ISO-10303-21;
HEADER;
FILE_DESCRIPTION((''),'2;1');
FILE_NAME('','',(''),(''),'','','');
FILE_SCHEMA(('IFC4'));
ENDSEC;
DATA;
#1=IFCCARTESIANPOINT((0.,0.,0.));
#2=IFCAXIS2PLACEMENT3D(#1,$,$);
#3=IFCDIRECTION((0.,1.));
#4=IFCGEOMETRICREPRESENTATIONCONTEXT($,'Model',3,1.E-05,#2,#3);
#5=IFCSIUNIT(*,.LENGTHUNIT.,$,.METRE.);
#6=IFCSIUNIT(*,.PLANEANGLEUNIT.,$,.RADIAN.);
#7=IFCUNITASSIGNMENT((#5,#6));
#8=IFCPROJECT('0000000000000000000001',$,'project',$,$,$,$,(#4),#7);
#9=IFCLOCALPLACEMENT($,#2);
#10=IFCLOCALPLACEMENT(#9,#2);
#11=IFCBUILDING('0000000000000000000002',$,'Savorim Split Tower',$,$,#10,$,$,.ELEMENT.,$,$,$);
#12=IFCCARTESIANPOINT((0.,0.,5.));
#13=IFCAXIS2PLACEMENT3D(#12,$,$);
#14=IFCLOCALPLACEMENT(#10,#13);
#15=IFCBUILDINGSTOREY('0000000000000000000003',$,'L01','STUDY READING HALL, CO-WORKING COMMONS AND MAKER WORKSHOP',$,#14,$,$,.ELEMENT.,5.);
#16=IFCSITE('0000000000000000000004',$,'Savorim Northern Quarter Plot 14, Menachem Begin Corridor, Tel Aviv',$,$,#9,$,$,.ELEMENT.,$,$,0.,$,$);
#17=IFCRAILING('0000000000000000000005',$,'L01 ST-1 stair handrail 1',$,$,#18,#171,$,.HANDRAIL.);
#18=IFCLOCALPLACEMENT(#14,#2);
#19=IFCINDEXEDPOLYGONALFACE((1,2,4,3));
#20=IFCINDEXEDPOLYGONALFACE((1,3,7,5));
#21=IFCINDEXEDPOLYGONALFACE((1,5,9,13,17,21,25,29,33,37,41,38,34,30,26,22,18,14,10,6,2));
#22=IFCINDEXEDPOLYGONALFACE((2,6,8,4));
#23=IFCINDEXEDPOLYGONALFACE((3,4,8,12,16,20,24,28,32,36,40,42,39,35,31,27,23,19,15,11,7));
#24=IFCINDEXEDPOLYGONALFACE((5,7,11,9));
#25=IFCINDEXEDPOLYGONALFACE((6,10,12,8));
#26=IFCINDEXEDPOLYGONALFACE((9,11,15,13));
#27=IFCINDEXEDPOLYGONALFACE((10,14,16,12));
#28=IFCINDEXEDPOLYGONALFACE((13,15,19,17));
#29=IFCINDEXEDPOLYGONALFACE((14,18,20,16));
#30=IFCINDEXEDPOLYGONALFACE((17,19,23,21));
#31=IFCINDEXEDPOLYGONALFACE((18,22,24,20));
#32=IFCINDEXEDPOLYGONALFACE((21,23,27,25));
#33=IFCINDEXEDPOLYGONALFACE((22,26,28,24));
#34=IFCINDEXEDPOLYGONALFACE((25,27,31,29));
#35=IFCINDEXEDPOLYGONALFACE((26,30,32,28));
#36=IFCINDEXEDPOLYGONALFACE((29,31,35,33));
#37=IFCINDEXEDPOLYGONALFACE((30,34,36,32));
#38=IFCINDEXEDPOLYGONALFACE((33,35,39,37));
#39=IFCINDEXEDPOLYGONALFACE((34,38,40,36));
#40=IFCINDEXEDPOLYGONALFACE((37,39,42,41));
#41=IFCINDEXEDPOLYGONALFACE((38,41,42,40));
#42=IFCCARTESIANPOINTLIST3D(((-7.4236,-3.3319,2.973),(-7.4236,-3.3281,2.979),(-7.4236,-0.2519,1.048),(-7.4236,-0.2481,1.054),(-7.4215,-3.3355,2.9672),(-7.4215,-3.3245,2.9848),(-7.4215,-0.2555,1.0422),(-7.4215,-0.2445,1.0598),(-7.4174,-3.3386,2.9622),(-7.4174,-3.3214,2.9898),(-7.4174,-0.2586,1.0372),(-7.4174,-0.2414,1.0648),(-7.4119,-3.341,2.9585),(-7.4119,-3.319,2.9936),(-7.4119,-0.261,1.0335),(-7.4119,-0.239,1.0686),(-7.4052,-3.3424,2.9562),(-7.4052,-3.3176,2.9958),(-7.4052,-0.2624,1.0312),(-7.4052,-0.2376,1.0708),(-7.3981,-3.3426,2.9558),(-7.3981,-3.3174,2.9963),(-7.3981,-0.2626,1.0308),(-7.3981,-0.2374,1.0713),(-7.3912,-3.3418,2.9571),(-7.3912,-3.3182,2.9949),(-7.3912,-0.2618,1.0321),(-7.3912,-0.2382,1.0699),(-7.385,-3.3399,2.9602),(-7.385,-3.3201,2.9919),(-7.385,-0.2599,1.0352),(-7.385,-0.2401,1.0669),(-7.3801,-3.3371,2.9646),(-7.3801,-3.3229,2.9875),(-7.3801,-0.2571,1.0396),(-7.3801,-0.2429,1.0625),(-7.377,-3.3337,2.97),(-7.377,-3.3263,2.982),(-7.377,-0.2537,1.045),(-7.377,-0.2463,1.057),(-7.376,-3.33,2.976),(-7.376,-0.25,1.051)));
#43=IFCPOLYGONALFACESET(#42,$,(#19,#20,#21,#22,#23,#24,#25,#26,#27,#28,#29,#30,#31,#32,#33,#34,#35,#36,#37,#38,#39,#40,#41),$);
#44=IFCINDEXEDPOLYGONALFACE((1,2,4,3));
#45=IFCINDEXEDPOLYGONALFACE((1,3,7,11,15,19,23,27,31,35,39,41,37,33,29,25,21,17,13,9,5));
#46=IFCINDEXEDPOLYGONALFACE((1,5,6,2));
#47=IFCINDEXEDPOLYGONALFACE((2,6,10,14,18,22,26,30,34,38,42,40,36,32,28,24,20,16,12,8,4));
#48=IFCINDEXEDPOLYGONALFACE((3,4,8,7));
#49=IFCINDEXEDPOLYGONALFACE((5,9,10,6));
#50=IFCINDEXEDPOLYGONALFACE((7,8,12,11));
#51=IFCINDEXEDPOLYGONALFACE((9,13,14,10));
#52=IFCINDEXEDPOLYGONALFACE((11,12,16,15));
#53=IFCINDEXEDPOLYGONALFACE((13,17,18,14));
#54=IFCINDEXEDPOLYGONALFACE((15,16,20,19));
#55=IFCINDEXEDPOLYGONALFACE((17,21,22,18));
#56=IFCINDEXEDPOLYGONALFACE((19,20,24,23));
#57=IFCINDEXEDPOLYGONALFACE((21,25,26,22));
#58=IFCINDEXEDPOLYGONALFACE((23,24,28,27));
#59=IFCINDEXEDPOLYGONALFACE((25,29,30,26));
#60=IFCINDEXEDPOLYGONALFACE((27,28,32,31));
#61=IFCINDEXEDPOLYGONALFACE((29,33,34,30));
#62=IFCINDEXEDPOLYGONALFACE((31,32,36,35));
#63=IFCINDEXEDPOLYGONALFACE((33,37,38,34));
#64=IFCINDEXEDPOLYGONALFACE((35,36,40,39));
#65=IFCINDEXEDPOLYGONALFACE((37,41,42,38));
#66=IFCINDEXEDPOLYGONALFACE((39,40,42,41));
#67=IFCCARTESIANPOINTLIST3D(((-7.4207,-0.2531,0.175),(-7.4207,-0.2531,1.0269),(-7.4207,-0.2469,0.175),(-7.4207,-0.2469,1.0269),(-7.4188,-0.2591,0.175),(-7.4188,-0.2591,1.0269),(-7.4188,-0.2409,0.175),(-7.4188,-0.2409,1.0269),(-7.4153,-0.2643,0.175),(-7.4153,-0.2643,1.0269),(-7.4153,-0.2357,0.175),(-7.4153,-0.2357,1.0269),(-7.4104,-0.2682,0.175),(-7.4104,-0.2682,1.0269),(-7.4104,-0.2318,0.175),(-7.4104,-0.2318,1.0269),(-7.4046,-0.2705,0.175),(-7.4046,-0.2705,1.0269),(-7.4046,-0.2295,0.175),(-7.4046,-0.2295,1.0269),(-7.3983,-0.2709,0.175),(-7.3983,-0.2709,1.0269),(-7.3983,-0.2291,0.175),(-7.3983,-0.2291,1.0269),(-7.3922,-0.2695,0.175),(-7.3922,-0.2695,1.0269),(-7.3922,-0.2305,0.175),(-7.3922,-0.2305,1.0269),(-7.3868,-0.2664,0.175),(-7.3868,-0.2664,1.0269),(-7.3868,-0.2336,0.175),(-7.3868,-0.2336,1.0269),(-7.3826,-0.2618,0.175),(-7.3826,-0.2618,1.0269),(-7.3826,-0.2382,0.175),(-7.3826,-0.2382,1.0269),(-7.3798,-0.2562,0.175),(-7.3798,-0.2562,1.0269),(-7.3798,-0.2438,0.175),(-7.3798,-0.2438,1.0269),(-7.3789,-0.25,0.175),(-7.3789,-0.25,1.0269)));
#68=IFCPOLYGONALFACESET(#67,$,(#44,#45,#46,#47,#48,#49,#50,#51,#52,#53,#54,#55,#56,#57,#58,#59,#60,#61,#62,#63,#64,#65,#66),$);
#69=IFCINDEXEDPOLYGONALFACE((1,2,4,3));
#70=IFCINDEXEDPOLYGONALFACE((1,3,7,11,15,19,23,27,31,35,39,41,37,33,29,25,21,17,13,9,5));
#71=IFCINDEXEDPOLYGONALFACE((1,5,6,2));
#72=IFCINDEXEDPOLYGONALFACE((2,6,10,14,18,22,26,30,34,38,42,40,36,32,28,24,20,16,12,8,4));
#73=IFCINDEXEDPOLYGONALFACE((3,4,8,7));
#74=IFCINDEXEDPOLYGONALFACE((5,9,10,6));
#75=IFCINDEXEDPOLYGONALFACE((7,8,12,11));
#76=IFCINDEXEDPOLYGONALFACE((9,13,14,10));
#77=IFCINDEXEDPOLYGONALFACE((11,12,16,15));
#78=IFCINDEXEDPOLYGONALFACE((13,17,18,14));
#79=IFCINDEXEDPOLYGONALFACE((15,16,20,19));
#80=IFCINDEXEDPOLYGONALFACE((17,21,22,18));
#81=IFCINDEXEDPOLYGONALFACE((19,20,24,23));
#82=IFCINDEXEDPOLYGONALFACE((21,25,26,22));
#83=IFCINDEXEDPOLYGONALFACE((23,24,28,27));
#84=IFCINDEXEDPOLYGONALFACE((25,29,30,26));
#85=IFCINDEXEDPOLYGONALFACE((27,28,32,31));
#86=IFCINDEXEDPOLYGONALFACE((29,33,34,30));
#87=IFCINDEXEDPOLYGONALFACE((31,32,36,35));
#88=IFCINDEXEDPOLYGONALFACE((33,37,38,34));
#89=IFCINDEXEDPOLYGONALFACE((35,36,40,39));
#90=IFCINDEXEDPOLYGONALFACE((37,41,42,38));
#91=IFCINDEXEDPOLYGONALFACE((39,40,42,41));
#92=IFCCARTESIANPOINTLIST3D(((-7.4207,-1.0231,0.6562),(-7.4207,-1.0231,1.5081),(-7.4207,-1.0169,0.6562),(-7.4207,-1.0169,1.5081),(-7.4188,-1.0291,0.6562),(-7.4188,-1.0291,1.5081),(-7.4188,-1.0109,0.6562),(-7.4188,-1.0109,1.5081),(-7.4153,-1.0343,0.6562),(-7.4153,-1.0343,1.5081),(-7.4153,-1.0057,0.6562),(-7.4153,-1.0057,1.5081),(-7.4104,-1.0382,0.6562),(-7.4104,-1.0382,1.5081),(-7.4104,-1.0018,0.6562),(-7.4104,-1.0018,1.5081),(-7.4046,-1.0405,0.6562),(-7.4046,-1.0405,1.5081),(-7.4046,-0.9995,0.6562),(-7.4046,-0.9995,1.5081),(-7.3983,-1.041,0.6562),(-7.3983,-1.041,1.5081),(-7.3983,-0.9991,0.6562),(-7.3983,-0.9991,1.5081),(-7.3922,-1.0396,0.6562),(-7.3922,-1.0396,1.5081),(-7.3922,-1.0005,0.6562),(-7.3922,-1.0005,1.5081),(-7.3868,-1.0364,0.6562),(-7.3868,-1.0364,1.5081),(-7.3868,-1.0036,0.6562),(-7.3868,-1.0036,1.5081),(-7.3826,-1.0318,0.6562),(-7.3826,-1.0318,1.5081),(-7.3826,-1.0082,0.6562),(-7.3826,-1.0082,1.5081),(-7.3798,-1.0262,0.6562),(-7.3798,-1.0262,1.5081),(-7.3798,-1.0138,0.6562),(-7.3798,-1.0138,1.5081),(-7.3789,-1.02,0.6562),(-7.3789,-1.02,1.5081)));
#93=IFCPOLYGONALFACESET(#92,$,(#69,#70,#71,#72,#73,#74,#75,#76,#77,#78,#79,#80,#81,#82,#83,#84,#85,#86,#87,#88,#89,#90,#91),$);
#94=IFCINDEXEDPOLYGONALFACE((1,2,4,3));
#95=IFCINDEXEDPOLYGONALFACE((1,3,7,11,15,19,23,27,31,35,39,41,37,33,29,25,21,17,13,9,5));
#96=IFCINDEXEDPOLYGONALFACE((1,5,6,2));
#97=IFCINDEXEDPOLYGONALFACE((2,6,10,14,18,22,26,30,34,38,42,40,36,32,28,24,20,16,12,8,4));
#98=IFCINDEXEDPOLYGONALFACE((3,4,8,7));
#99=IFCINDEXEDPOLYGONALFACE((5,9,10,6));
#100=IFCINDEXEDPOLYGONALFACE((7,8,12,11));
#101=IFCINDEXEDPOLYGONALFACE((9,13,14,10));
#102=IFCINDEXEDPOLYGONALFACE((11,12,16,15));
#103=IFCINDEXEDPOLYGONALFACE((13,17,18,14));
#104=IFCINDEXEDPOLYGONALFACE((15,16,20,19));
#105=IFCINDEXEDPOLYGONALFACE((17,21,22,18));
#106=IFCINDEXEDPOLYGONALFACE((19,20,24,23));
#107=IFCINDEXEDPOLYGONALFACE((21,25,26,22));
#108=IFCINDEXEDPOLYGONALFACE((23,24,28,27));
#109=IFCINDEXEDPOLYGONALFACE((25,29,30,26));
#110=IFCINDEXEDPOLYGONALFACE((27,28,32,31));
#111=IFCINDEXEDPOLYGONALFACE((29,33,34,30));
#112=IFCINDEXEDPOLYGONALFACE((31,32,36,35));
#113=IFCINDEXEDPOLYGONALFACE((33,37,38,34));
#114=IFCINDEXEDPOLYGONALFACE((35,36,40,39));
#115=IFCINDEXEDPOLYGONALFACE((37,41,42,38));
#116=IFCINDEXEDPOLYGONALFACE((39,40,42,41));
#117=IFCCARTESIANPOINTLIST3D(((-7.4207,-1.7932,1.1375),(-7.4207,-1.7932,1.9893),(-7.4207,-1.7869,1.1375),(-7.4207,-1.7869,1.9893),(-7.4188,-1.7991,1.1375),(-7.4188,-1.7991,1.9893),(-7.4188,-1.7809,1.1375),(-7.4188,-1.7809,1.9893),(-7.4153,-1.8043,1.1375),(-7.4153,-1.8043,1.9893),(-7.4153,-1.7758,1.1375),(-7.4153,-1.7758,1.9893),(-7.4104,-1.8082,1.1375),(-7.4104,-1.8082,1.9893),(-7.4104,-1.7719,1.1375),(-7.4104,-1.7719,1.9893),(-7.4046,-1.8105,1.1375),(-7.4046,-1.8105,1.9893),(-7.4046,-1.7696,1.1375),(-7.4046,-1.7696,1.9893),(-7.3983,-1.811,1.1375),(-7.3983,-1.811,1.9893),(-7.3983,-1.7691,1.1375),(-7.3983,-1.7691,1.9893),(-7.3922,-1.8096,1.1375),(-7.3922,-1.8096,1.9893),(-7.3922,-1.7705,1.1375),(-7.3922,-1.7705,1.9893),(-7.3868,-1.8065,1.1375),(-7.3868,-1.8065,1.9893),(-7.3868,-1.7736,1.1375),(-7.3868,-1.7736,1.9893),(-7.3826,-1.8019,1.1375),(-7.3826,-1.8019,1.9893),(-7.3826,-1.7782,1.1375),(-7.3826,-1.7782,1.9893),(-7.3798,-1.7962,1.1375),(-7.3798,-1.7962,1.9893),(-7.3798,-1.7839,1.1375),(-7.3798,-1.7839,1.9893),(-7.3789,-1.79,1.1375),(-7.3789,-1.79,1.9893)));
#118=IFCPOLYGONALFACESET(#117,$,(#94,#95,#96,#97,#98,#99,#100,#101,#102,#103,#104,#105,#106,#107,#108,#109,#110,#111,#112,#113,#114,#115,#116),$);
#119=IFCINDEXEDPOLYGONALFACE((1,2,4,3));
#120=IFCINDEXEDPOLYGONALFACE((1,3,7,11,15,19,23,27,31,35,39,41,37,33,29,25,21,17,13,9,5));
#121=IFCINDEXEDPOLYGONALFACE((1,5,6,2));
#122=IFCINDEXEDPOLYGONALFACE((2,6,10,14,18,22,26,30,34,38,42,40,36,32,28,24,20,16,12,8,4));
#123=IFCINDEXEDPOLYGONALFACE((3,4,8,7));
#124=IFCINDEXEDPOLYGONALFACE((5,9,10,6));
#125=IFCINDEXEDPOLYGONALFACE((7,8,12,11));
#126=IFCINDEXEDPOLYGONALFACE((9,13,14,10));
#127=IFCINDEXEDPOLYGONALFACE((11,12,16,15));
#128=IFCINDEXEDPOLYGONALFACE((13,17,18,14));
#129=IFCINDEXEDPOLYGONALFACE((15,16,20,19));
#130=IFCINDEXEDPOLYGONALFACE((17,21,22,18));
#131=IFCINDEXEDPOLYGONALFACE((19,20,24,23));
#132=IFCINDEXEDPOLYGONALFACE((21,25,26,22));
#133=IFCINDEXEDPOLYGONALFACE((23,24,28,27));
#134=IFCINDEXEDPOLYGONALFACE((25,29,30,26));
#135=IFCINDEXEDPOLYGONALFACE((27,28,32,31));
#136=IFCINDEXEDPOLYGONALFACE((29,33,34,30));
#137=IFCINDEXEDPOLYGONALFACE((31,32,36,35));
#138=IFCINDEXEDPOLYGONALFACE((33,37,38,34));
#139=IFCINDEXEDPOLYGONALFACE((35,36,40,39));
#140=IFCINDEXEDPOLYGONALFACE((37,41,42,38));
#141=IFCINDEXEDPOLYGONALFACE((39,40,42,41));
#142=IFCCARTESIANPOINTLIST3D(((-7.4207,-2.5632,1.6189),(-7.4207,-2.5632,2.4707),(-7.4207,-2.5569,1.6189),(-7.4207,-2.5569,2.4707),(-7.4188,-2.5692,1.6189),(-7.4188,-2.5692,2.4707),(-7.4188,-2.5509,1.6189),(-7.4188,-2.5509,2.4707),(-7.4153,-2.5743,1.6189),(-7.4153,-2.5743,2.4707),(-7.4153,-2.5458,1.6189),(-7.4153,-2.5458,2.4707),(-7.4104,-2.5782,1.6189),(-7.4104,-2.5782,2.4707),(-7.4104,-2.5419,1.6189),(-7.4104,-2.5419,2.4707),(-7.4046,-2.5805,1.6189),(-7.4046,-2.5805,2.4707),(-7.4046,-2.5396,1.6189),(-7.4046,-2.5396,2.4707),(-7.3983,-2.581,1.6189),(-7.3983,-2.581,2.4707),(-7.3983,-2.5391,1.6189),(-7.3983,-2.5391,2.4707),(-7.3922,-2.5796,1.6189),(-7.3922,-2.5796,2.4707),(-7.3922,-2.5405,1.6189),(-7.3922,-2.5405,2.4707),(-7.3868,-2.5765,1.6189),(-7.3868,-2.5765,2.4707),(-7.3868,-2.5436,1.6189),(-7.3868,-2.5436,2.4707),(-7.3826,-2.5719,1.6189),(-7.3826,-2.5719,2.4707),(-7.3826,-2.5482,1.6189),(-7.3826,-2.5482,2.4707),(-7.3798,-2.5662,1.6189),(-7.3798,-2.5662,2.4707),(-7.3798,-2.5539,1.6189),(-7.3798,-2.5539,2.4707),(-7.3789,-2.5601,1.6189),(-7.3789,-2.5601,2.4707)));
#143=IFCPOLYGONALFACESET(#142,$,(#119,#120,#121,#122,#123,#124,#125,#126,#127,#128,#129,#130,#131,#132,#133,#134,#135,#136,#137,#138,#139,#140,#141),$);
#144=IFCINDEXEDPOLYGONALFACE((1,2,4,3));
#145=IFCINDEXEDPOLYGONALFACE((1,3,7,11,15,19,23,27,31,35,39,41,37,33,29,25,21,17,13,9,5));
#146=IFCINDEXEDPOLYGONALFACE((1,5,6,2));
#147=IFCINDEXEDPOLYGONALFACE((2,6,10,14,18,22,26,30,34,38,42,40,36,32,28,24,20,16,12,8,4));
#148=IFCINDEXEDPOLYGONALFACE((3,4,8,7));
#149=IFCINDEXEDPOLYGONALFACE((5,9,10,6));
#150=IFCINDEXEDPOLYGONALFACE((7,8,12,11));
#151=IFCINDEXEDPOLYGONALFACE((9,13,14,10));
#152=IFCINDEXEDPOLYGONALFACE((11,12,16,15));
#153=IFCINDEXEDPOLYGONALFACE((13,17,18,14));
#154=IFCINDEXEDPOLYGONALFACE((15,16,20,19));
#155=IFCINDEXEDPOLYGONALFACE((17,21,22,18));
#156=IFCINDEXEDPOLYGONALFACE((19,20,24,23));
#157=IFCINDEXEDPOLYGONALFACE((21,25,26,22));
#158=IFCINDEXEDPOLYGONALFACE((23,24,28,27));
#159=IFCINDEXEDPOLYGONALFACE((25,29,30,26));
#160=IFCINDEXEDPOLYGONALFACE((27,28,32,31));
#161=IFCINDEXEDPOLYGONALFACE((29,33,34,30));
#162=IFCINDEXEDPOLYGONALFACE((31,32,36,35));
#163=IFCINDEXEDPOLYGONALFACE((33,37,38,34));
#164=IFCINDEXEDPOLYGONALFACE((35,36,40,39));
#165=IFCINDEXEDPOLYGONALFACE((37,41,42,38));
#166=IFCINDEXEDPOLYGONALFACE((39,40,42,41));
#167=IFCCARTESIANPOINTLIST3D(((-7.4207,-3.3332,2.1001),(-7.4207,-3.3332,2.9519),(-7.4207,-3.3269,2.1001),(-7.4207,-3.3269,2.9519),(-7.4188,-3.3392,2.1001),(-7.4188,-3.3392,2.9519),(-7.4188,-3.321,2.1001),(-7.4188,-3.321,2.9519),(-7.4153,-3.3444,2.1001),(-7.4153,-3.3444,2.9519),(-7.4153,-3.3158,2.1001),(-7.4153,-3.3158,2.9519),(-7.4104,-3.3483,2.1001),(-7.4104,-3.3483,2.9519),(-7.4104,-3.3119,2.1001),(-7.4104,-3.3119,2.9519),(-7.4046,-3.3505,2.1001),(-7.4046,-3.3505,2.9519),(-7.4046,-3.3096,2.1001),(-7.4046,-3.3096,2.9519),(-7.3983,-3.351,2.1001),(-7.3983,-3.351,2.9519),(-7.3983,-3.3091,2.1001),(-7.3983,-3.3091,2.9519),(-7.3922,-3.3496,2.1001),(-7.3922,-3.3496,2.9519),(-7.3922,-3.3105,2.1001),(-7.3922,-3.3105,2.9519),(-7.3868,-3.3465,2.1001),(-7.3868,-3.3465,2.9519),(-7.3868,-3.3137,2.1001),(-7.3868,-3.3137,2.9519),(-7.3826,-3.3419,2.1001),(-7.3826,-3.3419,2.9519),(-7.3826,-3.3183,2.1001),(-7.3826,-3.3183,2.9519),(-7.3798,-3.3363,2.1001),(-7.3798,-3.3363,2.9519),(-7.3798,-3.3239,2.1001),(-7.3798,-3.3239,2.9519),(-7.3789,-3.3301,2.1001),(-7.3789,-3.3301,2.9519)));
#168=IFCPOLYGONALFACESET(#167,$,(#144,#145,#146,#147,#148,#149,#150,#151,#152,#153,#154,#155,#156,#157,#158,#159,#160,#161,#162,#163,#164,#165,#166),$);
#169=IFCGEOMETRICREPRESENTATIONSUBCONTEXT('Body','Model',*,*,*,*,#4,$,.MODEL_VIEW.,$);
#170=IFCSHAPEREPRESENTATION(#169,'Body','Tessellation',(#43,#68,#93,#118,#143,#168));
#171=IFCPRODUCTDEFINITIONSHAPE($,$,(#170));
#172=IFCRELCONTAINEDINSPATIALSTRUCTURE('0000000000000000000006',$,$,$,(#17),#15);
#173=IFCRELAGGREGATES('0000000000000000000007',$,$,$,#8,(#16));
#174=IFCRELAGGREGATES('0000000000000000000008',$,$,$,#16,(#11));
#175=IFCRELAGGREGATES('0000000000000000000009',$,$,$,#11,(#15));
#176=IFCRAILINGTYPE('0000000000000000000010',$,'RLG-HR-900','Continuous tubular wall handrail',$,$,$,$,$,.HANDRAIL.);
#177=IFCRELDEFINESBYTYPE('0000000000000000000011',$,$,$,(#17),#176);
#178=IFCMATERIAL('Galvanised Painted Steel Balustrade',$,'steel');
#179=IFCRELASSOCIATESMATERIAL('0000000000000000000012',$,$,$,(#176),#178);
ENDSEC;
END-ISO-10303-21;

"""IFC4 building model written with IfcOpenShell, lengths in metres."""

from ifc_helpers import new_model, si_unit, direction, frame, origin, origin_2d, place, context, subcontext, project, spatial, circle, extrude, material, type_object, element, save


model = new_model("IFC4")

# Units and contexts
model_context = context("Model", 3, precision=1e-05, world=origin(), true_north=direction((0.0, 1.0)))
body_context = subcontext(model_context, "Body", "Model", "MODEL_VIEW")
ifc_project = project(units=[si_unit("LENGTHUNIT", "METRE"), si_unit("PLANEANGLEUNIT", "RADIAN")], contexts=[model_context])

# Site, building, storey
site_placement = place(None, origin())
site = spatial("IfcSite", under=ifc_project, at=site_placement, Name="Savorim Northern Quarter Plot 14, Menachem Begin Corridor, Tel Aviv", CompositionType="ELEMENT", RefElevation=0.0)
building_placement = place(site_placement, origin())
building = spatial("IfcBuilding", under=site, at=building_placement, Name="Savorim Split Tower", CompositionType="ELEMENT")
storey_placement = place(building_placement, frame((0.0, 0.0, 5.0)))
storey = spatial("IfcBuildingStorey", under=building, at=storey_placement, Name="L01", Description="STUDY READING HALL, CO-WORKING COMMONS AND MAKER WORKSHOP", CompositionType="ELEMENT", Elevation=5.0)

# Railing
ifc_material_1 = material(Name="Galvanised Painted Steel Balustrade", Category="steel")
railing_type_1 = type_object("IfcRailingType", Name="RLG-HR-900", Description="Continuous tubular wall handrail", PredefinedType="HANDRAIL", material=ifc_material_1)
railing_1_placement = place(storey_placement, frame((-7.3999, -0.25, 0.175)))
element("IfcRailing", 1, at=railing_1_placement, inside=storey, type_object=railing_type_1, Name="L01 ST-1 stair handrail 1", PredefinedType="HANDRAIL", context=body_context, shape_type="SweptSolid", body=[
    extrude(circle(Radius=0.0239, at=origin_2d()), frame((0.0, 0.0, 0.876), z_axis=(0.0, -0.847998, 0.529999), x_axis=(1.0, 0.0, 0.0)), (0.0, 0.0, 1.0), 3.6321),
    extrude(circle(Radius=0.021, at=origin_2d()), origin(), (0.0, 0.0, 1.0), 0.8518),
    extrude(circle(Radius=0.021, at=origin_2d()), frame((0.0, -0.77, 0.4812)), (0.0, 0.0, 1.0), 0.8518),
    extrude(circle(Radius=0.021, at=origin_2d()), frame((0.0, -1.54, 0.9624)), (0.0, 0.0, 1.0), 0.8518),
    extrude(circle(Radius=0.021, at=origin_2d()), frame((0.0, -2.3101, 1.4438)), (0.0, 0.0, 1.0), 0.8518),
    extrude(circle(Radius=0.021, at=origin_2d()), frame((0.0, -3.0801, 1.925)), (0.0, 0.0, 1.0), 0.8518),
])

save(model, "model.ifc")
